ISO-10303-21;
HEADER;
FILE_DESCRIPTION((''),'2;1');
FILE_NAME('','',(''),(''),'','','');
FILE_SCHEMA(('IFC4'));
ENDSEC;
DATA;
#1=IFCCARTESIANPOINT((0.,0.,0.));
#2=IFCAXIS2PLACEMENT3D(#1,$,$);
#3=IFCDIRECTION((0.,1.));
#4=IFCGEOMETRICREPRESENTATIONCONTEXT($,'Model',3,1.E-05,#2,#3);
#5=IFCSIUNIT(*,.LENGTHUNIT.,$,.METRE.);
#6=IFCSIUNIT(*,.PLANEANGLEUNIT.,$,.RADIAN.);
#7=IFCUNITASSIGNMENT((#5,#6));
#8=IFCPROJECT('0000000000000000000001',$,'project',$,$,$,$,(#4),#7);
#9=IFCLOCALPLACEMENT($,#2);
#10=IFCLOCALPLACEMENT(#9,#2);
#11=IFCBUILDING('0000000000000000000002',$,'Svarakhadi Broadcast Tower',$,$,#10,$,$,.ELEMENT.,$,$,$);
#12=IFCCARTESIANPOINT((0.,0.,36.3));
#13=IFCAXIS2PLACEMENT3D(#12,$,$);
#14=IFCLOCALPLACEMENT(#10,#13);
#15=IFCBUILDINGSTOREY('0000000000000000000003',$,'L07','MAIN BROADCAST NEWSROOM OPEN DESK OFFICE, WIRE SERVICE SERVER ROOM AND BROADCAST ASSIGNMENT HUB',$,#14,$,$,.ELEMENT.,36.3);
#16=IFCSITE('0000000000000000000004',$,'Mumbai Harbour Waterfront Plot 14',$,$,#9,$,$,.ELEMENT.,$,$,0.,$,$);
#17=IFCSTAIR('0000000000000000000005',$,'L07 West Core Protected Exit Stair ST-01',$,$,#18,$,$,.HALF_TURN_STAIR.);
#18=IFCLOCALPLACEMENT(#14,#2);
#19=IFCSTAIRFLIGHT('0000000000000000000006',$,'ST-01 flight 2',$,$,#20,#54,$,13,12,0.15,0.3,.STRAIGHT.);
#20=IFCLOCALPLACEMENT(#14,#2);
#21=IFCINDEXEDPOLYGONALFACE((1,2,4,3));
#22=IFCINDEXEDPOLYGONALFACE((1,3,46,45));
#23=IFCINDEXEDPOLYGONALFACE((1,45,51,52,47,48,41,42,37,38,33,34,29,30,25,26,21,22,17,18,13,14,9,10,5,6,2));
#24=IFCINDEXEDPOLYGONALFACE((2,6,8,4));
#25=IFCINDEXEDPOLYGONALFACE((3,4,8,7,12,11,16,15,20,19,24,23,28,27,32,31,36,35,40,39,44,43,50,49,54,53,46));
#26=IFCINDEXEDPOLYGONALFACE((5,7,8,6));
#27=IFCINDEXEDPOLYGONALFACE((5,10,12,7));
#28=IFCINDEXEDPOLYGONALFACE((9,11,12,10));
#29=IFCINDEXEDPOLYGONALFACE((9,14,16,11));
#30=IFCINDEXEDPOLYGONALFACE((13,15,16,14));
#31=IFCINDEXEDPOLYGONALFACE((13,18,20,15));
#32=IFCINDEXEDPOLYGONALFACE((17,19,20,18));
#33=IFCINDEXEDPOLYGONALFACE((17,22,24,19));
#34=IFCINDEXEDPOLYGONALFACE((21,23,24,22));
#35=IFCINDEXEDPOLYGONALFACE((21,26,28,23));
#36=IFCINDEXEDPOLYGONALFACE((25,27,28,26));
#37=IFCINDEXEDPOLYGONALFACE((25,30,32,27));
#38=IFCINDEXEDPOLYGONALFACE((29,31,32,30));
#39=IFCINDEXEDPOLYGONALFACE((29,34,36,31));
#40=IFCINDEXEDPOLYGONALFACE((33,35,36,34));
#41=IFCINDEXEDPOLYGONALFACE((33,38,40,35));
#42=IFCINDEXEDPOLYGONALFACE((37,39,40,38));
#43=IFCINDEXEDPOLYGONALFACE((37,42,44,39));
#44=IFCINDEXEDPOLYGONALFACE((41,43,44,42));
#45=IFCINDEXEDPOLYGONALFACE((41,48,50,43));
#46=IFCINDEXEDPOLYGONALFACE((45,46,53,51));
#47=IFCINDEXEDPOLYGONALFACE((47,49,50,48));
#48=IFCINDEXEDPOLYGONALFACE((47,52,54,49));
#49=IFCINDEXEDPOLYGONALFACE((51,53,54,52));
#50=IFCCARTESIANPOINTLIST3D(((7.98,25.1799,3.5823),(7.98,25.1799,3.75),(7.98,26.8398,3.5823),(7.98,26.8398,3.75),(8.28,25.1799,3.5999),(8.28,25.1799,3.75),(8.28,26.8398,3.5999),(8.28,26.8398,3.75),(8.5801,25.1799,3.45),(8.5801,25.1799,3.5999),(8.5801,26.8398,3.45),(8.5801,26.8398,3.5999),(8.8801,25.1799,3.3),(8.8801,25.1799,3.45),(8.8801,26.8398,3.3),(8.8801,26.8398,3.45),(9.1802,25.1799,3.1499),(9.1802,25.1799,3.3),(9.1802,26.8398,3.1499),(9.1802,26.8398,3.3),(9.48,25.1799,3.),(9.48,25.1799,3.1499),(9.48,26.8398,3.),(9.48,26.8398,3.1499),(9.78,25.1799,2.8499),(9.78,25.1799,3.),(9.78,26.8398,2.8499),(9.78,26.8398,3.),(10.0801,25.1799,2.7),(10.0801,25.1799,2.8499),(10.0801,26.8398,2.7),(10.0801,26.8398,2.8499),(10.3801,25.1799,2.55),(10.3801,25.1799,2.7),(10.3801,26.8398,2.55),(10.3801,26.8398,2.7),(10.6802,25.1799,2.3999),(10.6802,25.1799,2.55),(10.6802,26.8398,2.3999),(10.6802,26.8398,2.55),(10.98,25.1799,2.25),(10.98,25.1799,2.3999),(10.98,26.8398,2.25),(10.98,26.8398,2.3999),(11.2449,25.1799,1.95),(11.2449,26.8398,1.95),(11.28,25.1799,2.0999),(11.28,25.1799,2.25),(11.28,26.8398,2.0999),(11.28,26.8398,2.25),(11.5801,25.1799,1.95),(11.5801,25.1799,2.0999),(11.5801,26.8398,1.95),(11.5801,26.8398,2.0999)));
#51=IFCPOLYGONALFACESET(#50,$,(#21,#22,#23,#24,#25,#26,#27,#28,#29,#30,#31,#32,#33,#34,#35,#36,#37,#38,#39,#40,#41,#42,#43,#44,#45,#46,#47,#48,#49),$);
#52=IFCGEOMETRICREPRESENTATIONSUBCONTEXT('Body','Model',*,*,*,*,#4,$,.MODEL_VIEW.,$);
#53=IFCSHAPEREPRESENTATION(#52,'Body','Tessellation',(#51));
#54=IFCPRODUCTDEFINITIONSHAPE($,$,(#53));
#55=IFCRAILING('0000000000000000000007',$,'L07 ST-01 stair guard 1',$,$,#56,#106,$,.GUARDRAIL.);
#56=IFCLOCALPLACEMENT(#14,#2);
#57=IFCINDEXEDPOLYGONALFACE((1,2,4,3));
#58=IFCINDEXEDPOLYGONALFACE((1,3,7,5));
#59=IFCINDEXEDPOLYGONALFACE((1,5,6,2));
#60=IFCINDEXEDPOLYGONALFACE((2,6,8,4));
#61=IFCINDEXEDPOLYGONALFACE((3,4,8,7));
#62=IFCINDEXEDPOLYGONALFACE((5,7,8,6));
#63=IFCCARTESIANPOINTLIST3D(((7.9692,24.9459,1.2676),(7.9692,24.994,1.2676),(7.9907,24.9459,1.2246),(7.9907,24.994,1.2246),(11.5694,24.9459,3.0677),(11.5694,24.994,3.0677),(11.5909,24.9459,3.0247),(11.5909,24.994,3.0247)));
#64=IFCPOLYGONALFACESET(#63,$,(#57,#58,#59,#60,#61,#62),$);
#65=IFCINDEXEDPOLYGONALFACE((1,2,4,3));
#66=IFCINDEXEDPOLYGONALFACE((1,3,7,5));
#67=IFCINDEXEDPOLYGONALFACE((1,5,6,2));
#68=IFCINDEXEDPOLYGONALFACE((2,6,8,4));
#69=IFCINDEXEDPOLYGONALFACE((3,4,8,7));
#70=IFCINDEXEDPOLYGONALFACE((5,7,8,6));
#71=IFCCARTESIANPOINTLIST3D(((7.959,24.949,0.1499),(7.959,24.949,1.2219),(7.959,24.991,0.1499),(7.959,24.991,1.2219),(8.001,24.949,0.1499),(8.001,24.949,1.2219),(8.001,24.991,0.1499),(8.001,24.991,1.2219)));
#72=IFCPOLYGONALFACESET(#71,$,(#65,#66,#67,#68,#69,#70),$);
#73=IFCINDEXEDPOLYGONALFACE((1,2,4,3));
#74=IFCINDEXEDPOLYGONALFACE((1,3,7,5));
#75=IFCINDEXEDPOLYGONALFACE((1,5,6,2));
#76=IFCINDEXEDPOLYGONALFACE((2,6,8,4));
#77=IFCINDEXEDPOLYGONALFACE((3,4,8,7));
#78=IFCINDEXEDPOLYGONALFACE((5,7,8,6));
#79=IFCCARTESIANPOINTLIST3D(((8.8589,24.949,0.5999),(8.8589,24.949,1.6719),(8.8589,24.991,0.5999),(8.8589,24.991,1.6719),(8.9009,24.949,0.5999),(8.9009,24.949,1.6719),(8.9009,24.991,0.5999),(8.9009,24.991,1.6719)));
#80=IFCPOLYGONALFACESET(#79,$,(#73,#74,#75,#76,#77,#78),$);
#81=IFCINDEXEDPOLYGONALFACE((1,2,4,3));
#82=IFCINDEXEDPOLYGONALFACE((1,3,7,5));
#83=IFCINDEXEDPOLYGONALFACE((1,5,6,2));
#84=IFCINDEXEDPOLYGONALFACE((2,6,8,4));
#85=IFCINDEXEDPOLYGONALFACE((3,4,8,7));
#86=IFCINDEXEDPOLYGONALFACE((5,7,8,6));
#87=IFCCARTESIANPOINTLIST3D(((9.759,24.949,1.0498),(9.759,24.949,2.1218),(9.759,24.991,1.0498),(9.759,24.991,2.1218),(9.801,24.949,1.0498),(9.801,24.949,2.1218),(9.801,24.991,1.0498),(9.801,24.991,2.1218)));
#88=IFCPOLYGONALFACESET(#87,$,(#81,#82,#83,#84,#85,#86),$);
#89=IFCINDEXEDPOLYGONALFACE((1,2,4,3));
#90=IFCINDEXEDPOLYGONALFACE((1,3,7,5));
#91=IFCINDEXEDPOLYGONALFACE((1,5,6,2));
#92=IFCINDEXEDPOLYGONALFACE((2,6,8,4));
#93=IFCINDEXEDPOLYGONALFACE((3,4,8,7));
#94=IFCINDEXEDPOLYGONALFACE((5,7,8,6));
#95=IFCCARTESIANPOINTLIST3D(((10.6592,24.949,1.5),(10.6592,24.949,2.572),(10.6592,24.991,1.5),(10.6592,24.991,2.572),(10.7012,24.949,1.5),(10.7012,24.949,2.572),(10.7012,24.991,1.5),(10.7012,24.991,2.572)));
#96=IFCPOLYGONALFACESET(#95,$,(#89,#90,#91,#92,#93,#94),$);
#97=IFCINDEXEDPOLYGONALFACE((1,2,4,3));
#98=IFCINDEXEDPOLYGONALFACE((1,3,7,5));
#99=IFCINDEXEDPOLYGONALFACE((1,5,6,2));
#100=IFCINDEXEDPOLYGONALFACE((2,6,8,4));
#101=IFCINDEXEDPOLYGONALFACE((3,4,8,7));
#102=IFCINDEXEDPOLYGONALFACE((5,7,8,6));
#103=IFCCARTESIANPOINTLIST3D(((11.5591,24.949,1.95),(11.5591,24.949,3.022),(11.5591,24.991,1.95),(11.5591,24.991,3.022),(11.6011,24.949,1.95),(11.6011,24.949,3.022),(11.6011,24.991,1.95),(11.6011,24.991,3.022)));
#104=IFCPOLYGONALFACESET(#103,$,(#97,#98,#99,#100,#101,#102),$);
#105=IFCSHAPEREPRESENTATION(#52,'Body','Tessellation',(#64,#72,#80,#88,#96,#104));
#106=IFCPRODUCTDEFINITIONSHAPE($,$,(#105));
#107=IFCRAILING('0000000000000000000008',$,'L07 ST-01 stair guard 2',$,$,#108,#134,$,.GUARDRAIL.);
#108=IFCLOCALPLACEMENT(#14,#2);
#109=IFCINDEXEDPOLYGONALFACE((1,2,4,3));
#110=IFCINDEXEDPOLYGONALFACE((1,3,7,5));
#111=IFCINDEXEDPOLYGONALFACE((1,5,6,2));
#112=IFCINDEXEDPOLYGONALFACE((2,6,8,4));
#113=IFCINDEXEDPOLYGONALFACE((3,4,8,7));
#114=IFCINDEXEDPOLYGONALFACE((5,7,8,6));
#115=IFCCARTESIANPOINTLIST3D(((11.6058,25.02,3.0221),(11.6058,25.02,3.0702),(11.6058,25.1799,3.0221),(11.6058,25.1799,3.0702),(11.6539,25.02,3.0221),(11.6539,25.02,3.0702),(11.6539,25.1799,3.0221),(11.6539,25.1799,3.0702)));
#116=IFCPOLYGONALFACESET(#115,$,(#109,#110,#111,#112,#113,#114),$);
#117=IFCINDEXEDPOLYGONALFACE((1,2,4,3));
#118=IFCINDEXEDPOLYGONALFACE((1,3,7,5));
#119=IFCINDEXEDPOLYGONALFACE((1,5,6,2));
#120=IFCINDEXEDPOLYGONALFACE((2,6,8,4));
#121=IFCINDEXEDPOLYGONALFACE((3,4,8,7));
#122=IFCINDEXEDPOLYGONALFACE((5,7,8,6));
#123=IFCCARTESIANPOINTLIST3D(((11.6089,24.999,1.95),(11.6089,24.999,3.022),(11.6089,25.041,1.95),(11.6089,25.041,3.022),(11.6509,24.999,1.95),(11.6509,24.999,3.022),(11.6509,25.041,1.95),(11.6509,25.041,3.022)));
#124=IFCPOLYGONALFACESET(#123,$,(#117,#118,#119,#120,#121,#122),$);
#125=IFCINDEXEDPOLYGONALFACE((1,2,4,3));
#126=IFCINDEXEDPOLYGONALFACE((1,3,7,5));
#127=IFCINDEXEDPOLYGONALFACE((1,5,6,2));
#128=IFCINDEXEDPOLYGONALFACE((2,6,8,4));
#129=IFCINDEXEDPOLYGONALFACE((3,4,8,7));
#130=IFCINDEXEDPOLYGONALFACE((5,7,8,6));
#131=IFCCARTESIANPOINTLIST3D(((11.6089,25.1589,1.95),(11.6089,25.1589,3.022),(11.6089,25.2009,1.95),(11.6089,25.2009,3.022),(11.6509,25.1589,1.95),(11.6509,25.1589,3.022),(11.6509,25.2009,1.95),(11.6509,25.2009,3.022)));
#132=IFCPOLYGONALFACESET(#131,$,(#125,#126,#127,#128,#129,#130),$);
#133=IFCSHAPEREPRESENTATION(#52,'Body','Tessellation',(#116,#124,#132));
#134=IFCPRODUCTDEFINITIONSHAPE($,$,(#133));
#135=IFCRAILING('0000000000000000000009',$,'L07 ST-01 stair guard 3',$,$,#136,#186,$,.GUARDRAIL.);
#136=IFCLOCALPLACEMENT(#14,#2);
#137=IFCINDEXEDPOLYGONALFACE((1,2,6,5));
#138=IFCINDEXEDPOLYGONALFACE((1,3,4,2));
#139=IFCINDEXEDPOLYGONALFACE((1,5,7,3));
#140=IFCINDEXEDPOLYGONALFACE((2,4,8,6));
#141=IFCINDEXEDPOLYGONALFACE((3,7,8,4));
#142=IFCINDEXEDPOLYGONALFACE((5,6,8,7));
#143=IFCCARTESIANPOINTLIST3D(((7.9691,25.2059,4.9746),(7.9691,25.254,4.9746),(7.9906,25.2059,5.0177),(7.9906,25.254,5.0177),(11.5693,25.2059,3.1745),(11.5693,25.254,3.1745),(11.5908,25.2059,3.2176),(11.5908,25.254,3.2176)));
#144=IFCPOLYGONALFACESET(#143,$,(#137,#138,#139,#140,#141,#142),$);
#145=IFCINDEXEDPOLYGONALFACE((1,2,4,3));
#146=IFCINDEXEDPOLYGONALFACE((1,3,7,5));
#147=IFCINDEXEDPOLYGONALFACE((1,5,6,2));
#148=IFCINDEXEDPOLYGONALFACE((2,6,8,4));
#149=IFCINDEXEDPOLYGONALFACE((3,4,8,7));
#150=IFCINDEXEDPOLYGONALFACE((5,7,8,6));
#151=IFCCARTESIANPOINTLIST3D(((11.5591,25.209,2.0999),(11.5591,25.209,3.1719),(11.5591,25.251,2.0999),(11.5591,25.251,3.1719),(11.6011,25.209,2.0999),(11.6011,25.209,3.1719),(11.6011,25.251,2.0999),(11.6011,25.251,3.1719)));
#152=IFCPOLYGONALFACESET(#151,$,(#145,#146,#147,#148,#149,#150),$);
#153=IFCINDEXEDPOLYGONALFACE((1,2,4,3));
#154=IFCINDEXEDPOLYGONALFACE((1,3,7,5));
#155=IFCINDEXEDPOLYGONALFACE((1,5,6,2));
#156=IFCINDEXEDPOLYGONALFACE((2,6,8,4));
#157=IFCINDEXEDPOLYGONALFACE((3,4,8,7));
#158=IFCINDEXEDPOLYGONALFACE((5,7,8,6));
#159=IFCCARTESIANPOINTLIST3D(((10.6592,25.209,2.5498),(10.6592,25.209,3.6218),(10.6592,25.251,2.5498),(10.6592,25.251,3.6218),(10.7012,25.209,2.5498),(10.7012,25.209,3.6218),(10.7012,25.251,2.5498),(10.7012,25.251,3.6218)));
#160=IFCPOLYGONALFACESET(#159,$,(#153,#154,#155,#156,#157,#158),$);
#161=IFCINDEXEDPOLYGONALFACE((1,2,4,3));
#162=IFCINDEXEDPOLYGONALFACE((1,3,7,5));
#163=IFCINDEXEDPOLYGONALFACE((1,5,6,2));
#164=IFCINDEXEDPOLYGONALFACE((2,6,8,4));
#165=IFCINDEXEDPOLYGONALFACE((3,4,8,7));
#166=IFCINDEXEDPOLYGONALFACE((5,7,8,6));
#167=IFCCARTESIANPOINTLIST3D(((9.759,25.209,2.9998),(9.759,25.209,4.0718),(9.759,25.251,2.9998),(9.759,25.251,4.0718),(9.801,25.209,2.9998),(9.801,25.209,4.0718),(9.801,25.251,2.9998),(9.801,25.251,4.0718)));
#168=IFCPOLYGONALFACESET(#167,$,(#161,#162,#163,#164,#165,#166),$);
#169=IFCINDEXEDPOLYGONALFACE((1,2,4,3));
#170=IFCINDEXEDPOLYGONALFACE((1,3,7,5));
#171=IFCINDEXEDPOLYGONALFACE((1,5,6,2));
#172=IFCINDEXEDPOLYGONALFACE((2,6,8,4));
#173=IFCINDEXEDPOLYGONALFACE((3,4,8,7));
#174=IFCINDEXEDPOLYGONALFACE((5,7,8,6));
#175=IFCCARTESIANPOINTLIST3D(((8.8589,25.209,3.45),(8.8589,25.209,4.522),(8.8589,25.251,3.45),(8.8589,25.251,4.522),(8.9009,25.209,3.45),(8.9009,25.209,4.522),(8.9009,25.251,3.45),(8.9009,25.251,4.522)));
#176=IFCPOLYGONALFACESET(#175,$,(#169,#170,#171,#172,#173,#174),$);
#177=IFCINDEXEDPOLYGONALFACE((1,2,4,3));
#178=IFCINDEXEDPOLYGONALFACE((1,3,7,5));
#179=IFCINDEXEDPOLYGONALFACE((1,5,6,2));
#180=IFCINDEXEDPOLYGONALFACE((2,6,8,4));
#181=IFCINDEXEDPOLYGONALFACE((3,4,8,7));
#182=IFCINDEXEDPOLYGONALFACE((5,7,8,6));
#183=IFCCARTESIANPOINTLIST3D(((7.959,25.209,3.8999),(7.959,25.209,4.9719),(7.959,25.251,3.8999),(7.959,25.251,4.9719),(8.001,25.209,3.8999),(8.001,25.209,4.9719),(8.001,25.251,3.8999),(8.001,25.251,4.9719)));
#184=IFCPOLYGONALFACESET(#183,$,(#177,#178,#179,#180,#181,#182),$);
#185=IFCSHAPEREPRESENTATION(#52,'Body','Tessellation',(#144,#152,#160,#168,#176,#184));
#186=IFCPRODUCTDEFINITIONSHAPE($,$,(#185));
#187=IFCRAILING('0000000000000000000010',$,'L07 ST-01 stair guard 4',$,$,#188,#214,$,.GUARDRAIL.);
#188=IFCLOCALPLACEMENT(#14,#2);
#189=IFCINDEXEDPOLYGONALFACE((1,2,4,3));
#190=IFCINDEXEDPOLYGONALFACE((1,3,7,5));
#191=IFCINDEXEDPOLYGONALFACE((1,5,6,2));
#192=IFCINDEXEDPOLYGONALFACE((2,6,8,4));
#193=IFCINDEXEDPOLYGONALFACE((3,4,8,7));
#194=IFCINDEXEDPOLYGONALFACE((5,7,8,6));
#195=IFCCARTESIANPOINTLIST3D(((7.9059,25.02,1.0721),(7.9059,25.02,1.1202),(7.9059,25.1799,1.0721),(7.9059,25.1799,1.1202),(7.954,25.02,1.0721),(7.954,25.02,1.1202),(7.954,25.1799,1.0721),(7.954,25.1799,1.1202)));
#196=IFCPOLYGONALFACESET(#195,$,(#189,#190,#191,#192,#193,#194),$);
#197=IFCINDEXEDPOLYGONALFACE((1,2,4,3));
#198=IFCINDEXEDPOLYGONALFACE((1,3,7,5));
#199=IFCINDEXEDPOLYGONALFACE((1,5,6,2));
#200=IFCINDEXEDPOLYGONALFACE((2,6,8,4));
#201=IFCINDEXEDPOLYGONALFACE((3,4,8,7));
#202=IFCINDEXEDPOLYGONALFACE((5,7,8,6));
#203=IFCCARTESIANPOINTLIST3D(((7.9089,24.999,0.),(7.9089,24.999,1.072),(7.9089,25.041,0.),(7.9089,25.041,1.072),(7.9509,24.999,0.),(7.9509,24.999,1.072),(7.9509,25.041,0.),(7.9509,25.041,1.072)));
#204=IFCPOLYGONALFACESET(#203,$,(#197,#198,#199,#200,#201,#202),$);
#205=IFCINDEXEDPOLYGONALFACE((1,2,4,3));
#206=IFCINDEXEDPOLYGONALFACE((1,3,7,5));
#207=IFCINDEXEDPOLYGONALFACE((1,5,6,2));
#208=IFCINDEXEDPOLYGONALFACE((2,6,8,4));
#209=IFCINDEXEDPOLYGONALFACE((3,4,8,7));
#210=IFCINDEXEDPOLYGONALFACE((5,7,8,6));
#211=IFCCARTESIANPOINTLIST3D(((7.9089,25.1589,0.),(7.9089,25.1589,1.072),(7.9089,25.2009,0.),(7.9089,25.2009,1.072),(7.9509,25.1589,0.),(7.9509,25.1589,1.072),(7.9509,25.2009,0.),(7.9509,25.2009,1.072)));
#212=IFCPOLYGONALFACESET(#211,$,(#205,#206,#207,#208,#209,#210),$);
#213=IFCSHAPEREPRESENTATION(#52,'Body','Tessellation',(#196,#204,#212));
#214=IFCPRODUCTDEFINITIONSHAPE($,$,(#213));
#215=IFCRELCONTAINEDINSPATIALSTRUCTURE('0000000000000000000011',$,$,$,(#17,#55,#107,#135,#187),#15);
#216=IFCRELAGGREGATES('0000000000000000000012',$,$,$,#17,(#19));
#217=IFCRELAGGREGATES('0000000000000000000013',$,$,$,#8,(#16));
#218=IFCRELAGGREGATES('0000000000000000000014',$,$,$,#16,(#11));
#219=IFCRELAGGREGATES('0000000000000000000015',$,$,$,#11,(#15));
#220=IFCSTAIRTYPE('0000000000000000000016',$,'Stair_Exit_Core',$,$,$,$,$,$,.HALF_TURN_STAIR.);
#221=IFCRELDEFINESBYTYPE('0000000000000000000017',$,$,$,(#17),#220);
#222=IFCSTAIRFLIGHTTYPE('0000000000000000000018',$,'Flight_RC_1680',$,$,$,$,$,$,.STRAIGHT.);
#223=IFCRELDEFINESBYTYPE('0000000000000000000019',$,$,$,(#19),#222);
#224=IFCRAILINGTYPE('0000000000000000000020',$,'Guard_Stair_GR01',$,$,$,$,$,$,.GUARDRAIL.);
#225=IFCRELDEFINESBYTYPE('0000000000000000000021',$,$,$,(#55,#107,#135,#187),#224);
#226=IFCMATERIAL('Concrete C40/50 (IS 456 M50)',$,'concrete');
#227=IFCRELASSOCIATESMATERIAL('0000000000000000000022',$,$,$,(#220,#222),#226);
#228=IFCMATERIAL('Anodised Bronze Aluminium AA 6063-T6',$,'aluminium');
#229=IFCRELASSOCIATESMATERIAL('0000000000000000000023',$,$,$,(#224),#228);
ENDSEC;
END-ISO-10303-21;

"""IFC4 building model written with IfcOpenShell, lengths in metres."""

from ifc_helpers import new_model, si_unit, direction, frame, origin, origin_2d, place, context, subcontext, project, spatial, polyline, rectangle, outline, extrude, material, type_object, element, aggregate, save


model = new_model("IFC4")

# Units and contexts
model_context = context("Model", 3, precision=1e-05, world=origin(), true_north=direction((0.0, 1.0)))
body_context = subcontext(model_context, "Body", "Model", "MODEL_VIEW")
ifc_project = project(units=[si_unit("LENGTHUNIT", "METRE"), si_unit("PLANEANGLEUNIT", "RADIAN")], contexts=[model_context])

# Site, building, storey
site_placement = place(None, origin())
site = spatial("IfcSite", under=ifc_project, at=site_placement, Name="Mumbai Harbour Waterfront Plot 14", CompositionType="ELEMENT", RefElevation=0.0)
building_placement = place(site_placement, origin())
building = spatial("IfcBuilding", under=site, at=building_placement, Name="Svarakhadi Broadcast Tower", CompositionType="ELEMENT")
storey_placement = place(building_placement, frame((0.0, 0.0, 36.3)))
storey = spatial("IfcBuildingStorey", under=building, at=storey_placement, Name="L07", Description="MAIN BROADCAST NEWSROOM OPEN DESK OFFICE, WIRE SERVICE SERVER ROOM AND BROADCAST ASSIGNMENT HUB", CompositionType="ELEMENT", Elevation=36.3)

# Shared definitions
ifc_material_1 = material(Name="Concrete C40/50 (IS 456 M50)", Category="concrete")

# Stair, stair flight
stair_type = type_object("IfcStairType", Name="Stair_Exit_Core", PredefinedType="HALF_TURN_STAIR", material=ifc_material_1)
stair_placement = place(storey_placement, origin())
stair = element("IfcStair", 1, at=stair_placement, inside=storey, type_object=stair_type, Name="L07 West Core Protected Exit Stair ST-01", PredefinedType="HALF_TURN_STAIR")
stair_flight_type = type_object("IfcStairFlightType", Name="Flight_RC_1680", PredefinedType="STRAIGHT", material=ifc_material_1)
stair_flight_1_placement = place(storey_placement, frame((11.5801, 26.01, 1.95), z_axis=(0.0, 0.0, 1.0), x_axis=(-1.0, 0.0, 0.0)))
stair_flight_1 = element("IfcStairFlight", 2, at=stair_flight_1_placement, type_object=stair_flight_type, Name="ST-01 flight 2", NumberOfRisers=13, NumberOfTreads=12, PredefinedType="STRAIGHT", RiserHeight=0.15, TreadLength=0.3, context=body_context, shape_type="SweptSolid", body=[
    extrude(outline(polyline([(0.0, 0.0), (0.0, 0.1499), (0.3, 0.1499), (0.3, 0.3), (0.6001, 0.3), (0.6001, 0.45), (0.8999, 0.45), (0.8999, 0.6001), (1.2, 0.6001), (1.2, 0.75), (1.5, 0.75), (1.5, 0.8999), (1.8, 0.8999), (1.8, 1.05), (2.1001, 1.05), (2.1001, 1.2), (2.3999, 1.2), (2.3999, 1.3501), (2.7, 1.3501), (2.7, 1.5), (3.0, 1.5), (3.0, 1.6499), (3.3, 1.6499), (3.3, 1.8), (3.6001, 1.8), (3.6001, 1.95), (3.6001, 1.6323), (0.3352, 0.0), (0.0, 0.0)])), frame((0.0, 0.8301, 0.0), z_axis=(0.0, -1.0, 0.0), x_axis=(1.0, 0.0, 0.0)), (0.0, 0.0, 1.0), 1.6599),
])
aggregate(stair, [stair_flight_1])

# Railings
ifc_material_2 = material(Name="Anodised Bronze Aluminium AA 6063-T6", Category="aluminium")
railing_type_1 = type_object("IfcRailingType", Name="Guard_Stair_GR01", PredefinedType="GUARDRAIL", material=ifc_material_2)
railing_1_placement = place(storey_placement, frame((7.98, 24.97, 0.1499)))
element("IfcRailing", 3, at=railing_1_placement, inside=storey, type_object=railing_type_1, Name="L07 ST-01 stair guard 1", PredefinedType="GUARDRAIL", context=body_context, shape_type="SweptSolid", body=[
    extrude(rectangle(XDim=0.0481, YDim=0.0481, at=origin_2d()), frame((0.0, 0.0, 1.0962), z_axis=(0.894427, 0.0, 0.447214), x_axis=(0.0, 1.0, 0.0)), (0.0, 0.0, 1.0), 4.0251),
    extrude(rectangle(XDim=0.042, YDim=0.042, at=origin_2d()), origin(), (0.0, 0.0, 1.0), 1.072),
    extrude(rectangle(XDim=0.042, YDim=0.042, at=origin_2d()), frame((0.8999, 0.0, 0.45)), (0.0, 0.0, 1.0), 1.072),
    extrude(rectangle(XDim=0.042, YDim=0.042, at=origin_2d()), frame((1.8, 0.0, 0.8999)), (0.0, 0.0, 1.0), 1.072),
    extrude(rectangle(XDim=0.042, YDim=0.042, at=origin_2d()), frame((2.7002, 0.0, 1.3501)), (0.0, 0.0, 1.0), 1.072),
    extrude(rectangle(XDim=0.042, YDim=0.042, at=origin_2d()), frame((3.6001, 0.0, 1.8)), (0.0, 0.0, 1.0), 1.072),
])
railing_2_placement = place(storey_placement, frame((11.6299, 25.02, 1.95)))
element("IfcRailing", 4, at=railing_2_placement, inside=storey, type_object=railing_type_1, Name="L07 ST-01 stair guard 2", PredefinedType="GUARDRAIL", context=body_context, shape_type="SweptSolid", body=[
    extrude(rectangle(XDim=0.0481, YDim=0.0481, at=origin_2d()), frame((0.0, 0.0, 1.0962), z_axis=(0.0, 1.0, 0.0), x_axis=(-1.0, 0.0, 0.0)), (0.0, 0.0, 1.0), 0.1599),
    extrude(rectangle(XDim=0.042, YDim=0.042, at=origin_2d()), origin(), (0.0, 0.0, 1.0), 1.072),
    extrude(rectangle(XDim=0.042, YDim=0.042, at=origin_2d()), frame((0.0, 0.1599, 0.0)), (0.0, 0.0, 1.0), 1.072),
])
railing_3_placement = place(storey_placement, frame((11.5801, 25.23, 2.0999)))
element("IfcRailing", 5, at=railing_3_placement, inside=storey, type_object=railing_type_1, Name="L07 ST-01 stair guard 3", PredefinedType="GUARDRAIL", context=body_context, shape_type="SweptSolid", body=[
    extrude(rectangle(XDim=0.0481, YDim=0.0481, at=origin_2d()), frame((0.0, 0.0, 1.0962), z_axis=(-0.894427, 0.0, 0.447214), x_axis=(0.0, -1.0, 0.0)), (0.0, 0.0, 1.0), 4.0251),
    extrude(rectangle(XDim=0.042, YDim=0.042, at=origin_2d()), origin(), (0.0, 0.0, 1.0), 1.072),
    extrude(rectangle(XDim=0.042, YDim=0.042, at=origin_2d()), frame((-0.8999, 0.0, 0.45)), (0.0, 0.0, 1.0), 1.072),
    extrude(rectangle(XDim=0.042, YDim=0.042, at=origin_2d()), frame((-1.8, 0.0, 0.8999)), (0.0, 0.0, 1.0), 1.072),
    extrude(rectangle(XDim=0.042, YDim=0.042, at=origin_2d()), frame((-2.7002, 0.0, 1.3501)), (0.0, 0.0, 1.0), 1.072),
    extrude(rectangle(XDim=0.042, YDim=0.042, at=origin_2d()), frame((-3.6001, 0.0, 1.8)), (0.0, 0.0, 1.0), 1.072),
])
railing_4_placement = place(storey_placement, frame((7.9299, 25.02, 0.0)))
element("IfcRailing", 6, at=railing_4_placement, inside=storey, type_object=railing_type_1, Name="L07 ST-01 stair guard 4", PredefinedType="GUARDRAIL", context=body_context, shape_type="SweptSolid", body=[
    extrude(rectangle(XDim=0.0481, YDim=0.0481, at=origin_2d()), frame((0.0, 0.0, 1.0962), z_axis=(0.0, 1.0, 0.0), x_axis=(-1.0, 0.0, 0.0)), (0.0, 0.0, 1.0), 0.1599),
    extrude(rectangle(XDim=0.042, YDim=0.042, at=origin_2d()), origin(), (0.0, 0.0, 1.0), 1.072),
    extrude(rectangle(XDim=0.042, YDim=0.042, at=origin_2d()), frame((0.0, 0.1599, 0.0)), (0.0, 0.0, 1.0), 1.072),
])

save(model, "model.ifc")
